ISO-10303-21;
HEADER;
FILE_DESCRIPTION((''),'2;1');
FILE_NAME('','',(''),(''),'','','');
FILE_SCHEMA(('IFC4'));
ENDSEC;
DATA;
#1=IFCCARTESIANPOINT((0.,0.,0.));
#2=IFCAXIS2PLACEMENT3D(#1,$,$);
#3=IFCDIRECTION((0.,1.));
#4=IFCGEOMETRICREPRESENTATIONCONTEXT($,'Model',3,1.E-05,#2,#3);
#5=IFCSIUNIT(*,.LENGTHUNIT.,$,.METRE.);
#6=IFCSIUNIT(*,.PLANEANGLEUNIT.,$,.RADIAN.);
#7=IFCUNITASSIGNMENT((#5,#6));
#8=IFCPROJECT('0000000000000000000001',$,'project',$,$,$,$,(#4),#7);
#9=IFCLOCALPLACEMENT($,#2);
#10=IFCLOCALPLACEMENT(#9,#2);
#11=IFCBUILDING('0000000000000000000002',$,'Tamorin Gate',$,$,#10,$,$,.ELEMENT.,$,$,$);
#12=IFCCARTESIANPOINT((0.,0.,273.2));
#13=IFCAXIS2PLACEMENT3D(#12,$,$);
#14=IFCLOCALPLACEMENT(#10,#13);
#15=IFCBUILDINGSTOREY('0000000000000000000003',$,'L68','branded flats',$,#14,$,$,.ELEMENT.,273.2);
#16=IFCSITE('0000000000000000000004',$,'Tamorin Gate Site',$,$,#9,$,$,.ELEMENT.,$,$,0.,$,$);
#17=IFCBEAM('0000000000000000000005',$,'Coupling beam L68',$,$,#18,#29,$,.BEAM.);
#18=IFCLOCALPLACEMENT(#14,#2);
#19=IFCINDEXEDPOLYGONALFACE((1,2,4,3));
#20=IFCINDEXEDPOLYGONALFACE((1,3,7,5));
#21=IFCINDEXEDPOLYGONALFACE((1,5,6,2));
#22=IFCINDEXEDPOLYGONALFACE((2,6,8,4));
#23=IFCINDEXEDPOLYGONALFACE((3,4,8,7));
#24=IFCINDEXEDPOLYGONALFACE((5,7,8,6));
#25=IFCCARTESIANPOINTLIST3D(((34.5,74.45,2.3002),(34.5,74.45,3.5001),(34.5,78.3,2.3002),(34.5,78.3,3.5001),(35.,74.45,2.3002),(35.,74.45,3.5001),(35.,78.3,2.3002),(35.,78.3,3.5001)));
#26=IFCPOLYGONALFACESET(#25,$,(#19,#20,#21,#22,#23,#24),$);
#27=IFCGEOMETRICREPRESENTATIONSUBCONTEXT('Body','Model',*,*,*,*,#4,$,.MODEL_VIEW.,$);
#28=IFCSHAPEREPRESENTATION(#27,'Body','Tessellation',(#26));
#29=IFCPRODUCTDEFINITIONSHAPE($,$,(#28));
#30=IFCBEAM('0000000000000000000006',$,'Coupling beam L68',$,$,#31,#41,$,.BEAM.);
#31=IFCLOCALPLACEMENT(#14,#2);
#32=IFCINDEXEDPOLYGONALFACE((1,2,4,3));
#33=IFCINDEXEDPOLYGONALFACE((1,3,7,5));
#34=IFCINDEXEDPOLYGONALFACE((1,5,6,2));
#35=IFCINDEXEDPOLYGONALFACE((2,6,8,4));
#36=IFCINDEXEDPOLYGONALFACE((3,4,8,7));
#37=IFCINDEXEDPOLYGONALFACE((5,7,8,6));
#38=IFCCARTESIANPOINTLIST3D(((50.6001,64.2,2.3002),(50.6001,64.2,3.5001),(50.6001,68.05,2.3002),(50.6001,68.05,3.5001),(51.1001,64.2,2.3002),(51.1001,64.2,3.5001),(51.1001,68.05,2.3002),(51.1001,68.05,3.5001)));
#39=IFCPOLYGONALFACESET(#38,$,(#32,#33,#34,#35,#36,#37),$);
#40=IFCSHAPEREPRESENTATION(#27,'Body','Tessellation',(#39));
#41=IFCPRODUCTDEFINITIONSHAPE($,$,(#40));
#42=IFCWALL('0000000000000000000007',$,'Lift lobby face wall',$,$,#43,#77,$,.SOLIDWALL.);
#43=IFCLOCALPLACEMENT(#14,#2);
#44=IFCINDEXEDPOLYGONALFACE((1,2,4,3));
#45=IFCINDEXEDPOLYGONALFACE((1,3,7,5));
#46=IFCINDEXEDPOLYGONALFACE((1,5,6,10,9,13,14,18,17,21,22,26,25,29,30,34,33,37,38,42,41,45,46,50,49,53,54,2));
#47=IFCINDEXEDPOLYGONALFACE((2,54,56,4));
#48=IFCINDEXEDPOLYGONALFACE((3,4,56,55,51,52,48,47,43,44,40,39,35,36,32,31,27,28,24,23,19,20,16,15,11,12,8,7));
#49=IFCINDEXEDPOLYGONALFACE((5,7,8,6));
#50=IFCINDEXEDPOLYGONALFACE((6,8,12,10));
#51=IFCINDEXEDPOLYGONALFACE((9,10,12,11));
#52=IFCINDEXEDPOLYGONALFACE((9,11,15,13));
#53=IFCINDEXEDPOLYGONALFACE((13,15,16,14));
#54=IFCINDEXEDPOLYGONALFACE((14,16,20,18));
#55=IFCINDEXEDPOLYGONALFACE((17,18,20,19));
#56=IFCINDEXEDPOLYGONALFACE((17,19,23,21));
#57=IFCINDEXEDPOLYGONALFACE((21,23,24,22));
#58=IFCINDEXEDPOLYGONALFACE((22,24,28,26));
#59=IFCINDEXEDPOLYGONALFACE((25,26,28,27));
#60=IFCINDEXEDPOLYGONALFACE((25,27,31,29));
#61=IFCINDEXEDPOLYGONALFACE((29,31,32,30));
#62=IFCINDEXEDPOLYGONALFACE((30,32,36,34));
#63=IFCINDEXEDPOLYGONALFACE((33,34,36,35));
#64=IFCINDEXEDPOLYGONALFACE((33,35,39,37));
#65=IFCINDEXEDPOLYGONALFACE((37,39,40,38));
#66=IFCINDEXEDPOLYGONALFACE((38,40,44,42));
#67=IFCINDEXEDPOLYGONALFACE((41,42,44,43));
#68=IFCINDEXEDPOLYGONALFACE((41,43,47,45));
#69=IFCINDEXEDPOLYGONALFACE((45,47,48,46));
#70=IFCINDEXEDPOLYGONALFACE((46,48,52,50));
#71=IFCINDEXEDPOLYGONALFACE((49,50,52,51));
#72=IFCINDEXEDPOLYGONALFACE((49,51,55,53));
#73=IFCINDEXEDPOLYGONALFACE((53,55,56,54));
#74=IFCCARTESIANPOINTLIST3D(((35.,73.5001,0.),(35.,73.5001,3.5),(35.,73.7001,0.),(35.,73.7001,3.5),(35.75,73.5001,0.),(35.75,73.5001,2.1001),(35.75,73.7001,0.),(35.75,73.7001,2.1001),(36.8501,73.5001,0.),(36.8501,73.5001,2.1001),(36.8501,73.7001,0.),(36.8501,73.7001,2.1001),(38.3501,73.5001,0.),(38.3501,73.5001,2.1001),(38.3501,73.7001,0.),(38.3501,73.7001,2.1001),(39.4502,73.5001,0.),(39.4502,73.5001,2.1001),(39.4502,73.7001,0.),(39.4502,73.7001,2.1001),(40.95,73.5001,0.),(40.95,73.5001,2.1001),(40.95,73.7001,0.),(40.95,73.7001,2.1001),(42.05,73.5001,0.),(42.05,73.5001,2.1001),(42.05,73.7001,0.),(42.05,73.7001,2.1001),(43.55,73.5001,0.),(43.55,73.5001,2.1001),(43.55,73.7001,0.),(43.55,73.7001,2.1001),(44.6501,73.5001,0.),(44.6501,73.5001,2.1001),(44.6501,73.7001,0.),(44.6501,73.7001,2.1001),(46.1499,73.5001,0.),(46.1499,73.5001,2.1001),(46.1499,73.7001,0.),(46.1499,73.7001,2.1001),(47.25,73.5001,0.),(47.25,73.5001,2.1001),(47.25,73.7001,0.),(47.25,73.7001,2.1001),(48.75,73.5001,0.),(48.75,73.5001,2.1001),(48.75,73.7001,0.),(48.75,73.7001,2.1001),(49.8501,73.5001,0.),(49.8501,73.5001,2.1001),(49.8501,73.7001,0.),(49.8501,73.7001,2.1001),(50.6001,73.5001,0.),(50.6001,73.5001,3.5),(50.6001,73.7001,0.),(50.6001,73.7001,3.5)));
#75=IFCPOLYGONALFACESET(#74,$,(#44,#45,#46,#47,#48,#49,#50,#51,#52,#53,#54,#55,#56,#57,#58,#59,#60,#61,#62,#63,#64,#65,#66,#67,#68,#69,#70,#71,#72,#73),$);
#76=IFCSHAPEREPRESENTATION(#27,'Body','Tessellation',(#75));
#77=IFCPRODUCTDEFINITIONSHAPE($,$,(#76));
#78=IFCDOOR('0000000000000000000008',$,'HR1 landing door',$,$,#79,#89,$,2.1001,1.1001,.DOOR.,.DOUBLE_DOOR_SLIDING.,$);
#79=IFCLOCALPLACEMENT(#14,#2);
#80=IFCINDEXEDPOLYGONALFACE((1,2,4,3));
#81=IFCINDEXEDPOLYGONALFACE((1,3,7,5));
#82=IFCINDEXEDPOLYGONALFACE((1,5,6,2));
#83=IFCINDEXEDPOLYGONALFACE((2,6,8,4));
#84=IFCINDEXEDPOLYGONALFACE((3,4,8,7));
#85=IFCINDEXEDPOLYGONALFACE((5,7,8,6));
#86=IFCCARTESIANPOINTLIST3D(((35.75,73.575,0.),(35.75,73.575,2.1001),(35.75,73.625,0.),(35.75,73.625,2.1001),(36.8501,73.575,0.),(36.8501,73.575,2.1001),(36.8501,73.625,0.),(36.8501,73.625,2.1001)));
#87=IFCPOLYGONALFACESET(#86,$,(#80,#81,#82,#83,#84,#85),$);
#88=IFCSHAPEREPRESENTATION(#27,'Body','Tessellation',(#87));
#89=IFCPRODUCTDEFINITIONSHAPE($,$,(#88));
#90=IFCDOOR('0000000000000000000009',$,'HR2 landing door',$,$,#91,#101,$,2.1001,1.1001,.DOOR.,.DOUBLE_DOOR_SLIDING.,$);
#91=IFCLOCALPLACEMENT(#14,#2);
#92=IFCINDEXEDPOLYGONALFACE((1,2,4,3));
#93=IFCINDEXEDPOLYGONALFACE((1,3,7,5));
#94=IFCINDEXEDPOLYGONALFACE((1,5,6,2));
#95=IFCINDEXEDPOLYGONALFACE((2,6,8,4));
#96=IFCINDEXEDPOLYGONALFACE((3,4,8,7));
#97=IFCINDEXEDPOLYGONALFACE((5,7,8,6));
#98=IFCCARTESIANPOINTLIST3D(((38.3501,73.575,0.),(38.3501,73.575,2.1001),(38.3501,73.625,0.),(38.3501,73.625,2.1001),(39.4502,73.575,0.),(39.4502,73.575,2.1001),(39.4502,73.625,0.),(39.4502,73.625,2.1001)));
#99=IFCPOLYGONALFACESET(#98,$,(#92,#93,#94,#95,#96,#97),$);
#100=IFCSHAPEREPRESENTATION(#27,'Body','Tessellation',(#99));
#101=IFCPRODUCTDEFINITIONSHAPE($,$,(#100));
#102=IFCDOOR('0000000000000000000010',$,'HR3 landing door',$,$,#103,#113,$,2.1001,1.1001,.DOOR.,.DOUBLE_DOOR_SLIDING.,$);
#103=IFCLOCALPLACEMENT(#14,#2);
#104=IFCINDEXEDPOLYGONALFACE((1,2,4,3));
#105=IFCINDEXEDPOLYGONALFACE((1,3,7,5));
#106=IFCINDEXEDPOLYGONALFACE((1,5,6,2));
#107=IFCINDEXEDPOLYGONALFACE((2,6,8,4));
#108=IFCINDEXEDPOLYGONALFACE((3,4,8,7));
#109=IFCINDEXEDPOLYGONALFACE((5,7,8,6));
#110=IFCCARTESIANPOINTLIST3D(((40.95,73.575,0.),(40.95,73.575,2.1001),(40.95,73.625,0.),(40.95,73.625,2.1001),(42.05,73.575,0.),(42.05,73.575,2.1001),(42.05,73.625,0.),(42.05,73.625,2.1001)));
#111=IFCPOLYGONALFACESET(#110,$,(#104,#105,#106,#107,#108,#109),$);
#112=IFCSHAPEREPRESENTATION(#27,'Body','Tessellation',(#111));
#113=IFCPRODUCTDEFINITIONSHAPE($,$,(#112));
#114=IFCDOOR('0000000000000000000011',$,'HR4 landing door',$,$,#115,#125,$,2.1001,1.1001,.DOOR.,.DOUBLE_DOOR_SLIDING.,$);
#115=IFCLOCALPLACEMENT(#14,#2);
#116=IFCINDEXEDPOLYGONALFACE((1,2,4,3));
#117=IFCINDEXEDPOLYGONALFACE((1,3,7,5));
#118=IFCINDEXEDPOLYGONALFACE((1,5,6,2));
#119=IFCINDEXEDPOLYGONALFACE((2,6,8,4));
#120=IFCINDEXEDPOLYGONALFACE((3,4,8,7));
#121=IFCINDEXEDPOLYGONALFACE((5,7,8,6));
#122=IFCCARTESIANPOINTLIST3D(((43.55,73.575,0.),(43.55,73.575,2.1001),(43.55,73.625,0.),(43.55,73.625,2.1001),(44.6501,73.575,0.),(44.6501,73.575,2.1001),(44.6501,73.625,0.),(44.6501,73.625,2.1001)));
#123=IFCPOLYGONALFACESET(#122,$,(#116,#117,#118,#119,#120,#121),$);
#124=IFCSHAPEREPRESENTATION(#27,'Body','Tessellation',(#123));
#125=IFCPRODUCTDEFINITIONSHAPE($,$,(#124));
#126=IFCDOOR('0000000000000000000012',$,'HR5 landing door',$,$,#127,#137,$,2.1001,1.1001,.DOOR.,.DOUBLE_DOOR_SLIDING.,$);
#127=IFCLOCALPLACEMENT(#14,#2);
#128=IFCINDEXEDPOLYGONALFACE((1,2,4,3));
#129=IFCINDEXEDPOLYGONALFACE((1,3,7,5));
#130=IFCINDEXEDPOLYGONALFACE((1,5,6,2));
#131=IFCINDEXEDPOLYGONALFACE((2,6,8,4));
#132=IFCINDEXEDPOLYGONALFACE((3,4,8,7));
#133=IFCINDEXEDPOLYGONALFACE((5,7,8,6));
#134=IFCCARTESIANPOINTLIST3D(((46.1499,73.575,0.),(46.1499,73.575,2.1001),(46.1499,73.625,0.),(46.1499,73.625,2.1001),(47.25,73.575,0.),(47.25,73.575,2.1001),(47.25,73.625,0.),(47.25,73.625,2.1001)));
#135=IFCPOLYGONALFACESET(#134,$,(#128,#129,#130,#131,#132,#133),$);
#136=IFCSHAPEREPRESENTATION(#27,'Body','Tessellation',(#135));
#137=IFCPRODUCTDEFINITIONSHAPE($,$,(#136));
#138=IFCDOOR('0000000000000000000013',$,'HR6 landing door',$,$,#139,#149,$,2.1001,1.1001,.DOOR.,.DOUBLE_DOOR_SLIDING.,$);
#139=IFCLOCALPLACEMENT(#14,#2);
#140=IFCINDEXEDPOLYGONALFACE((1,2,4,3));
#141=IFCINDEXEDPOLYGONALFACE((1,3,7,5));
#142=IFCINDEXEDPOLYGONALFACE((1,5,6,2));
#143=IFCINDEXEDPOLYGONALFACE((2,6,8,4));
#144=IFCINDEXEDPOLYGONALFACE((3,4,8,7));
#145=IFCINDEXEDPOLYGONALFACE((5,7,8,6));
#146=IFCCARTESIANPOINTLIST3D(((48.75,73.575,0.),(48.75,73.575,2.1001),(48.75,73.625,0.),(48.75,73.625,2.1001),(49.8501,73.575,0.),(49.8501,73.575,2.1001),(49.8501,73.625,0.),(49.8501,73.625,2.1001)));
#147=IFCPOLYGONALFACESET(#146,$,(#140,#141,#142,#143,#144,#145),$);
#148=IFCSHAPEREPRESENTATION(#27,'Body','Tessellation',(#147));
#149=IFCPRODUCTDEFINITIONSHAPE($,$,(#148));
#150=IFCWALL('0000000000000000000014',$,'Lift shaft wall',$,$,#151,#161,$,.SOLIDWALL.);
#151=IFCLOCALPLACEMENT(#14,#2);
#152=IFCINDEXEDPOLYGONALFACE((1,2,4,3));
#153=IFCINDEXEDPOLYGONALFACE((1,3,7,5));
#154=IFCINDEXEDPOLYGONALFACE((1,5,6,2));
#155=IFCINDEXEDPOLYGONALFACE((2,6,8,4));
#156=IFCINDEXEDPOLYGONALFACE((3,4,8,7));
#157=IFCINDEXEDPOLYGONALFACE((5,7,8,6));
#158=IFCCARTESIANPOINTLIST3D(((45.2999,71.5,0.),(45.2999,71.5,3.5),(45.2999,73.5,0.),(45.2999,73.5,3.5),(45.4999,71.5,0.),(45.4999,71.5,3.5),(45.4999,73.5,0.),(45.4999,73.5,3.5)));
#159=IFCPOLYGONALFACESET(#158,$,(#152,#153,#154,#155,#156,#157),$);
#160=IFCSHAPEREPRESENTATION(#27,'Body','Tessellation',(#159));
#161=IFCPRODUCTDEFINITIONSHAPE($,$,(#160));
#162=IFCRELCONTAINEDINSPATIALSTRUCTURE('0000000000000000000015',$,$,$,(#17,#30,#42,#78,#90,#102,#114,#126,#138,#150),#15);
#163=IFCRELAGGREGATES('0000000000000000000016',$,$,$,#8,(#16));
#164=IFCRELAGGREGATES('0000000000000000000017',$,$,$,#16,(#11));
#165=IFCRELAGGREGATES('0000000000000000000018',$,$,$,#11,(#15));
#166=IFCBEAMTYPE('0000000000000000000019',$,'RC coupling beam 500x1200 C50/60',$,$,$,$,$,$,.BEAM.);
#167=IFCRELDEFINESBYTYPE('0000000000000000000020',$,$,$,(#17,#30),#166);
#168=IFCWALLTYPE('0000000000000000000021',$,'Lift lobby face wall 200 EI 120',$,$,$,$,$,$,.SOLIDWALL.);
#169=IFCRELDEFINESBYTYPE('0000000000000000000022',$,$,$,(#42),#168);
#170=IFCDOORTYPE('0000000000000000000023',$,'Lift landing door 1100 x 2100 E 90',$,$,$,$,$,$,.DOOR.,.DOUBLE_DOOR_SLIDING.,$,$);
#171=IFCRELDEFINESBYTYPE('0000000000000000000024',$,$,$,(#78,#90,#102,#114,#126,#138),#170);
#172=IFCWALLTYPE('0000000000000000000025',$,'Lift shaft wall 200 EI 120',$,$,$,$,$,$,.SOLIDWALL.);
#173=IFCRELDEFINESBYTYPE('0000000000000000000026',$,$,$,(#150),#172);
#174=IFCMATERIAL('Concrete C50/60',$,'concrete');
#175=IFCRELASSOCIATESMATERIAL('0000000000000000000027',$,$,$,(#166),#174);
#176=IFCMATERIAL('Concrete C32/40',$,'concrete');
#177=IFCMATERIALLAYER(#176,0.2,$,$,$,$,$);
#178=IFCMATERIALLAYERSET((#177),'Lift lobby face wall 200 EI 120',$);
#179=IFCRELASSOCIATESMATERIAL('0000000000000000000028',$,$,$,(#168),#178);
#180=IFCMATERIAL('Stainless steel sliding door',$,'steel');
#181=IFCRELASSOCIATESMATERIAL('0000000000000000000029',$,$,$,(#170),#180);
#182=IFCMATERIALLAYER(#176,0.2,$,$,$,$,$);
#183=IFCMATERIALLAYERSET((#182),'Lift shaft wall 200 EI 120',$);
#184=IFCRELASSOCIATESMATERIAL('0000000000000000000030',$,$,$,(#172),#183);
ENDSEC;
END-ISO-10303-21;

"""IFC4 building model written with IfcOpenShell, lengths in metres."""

from ifc_helpers import new_model, si_unit, direction, frame, frame_2d, origin, origin_2d, place, context, subcontext, project, spatial, rectangle, extrude, material, layer, layer_set, material_profile, profile_set, type_object, element, fill, save


model = new_model("IFC4")

# Units and contexts
model_context = context("Model", 3, precision=1e-05, world=origin(), true_north=direction((0.0, 1.0)))
body_context = subcontext(model_context, "Body", "Model", "MODEL_VIEW")
ifc_project = project(units=[si_unit("LENGTHUNIT", "METRE"), si_unit("PLANEANGLEUNIT", "RADIAN")], contexts=[model_context])

# Site, building, storey
site_placement = place(None, origin())
site = spatial("IfcSite", under=ifc_project, at=site_placement, Name="Tamorin Gate Site", CompositionType="ELEMENT", RefElevation=0.0)
building_placement = place(site_placement, origin())
building = spatial("IfcBuilding", under=site, at=building_placement, Name="Tamorin Gate", CompositionType="ELEMENT")
storey_placement = place(building_placement, frame((0.0, 0.0, 273.2)))
storey = spatial("IfcBuildingStorey", under=building, at=storey_placement, Name="L68", Description="branded flats", CompositionType="ELEMENT", Elevation=273.2)

# Beams
ifc_material_1 = material(Name="Concrete C50/60", Category="concrete")
ifc_material_profile = material_profile(ifc_material_1, rectangle(XDim=0.5, YDim=1.2, at=origin_2d()), Name="RC 500x1200")
ifc_profile_set = profile_set([ifc_material_profile], Name="Concrete C50/60")
beam_type = type_object("IfcBeamType", Name="RC coupling beam 500x1200 C50/60", PredefinedType="BEAM", material=ifc_profile_set)
for number, where, z_axis, x_axis, name in (
    (1, (34.75, 74.45, 2.9001), (0.0, 1.0, 0.0), (-1.0, 0.0, 0.0), "Coupling beam L68"),
    (2, (50.8501, 64.2, 2.9001), (0.0, 1.0, 0.0), (-1.0, 0.0, 0.0), "Coupling beam L68"),
):
    element("IfcBeam", number, at=place(storey_placement, frame(where, z_axis=z_axis, x_axis=x_axis)), inside=storey, type_object=beam_type, Name=name, PredefinedType="BEAM", context=body_context, shape_type="SweptSolid", body=[
        extrude(rectangle(XDim=0.5, YDim=1.2, at=origin_2d()), origin(), (0.0, 0.0, 1.0), 3.8501),
    ])

# Wall, openings, doors
ifc_material_2 = material(Name="Concrete C32/40", Category="concrete")
ifc_layer_1 = layer(ifc_material_2, 0.2)
ifc_layer_set_1 = layer_set([ifc_layer_1], Name="Lift lobby face wall 200 EI 120")
wall_type_1 = type_object("IfcWallType", Name="Lift lobby face wall 200 EI 120", PredefinedType="SOLIDWALL", material=ifc_layer_set_1)
wall_1_placement = place(storey_placement, frame((35.0, 73.6001, 0.0), z_axis=(0.0, 0.0, 1.0), x_axis=(1.0, 0.0, 0.0)))
wall_1 = element("IfcWall", 3, at=wall_1_placement, inside=storey, type_object=wall_type_1, Name="Lift lobby face wall", PredefinedType="SOLIDWALL", context=body_context, shape_type="SweptSolid", body=[
    extrude(rectangle(XDim=15.6001, YDim=0.2, at=frame_2d((7.8, 0.0))), origin(), (0.0, 0.0, 1.0), 3.5),
])
opening_1_placement = place(wall_1_placement, frame((0.75, 0.0, 0.0)))
opening_1 = element("IfcOpeningElement", 4, at=opening_1_placement, cuts=wall_1, PredefinedType="OPENING", context=body_context, shape_type="SweptSolid", body=[
    extrude(rectangle(XDim=1.1001, YDim=2.1001, at=frame_2d((0.55, 1.05))), frame((0.0, 0.1099, 0.0), z_axis=(0.0, -1.0, 0.0), x_axis=(1.0, 0.0, 0.0)), (0.0, 0.0, 1.0), 0.22),
])
opening_2_placement = place(wall_1_placement, frame((3.3501, 0.0, 0.0)))
opening_2 = element("IfcOpeningElement", 5, at=opening_2_placement, cuts=wall_1, PredefinedType="OPENING", context=body_context, shape_type="SweptSolid", body=[
    extrude(rectangle(XDim=1.1001, YDim=2.1001, at=frame_2d((0.55, 1.05))), frame((0.0, 0.1099, 0.0), z_axis=(0.0, -1.0, 0.0), x_axis=(1.0, 0.0, 0.0)), (0.0, 0.0, 1.0), 0.22),
])
opening_3_placement = place(wall_1_placement, frame((5.95, 0.0, 0.0)))
opening_3 = element("IfcOpeningElement", 6, at=opening_3_placement, cuts=wall_1, PredefinedType="OPENING", context=body_context, shape_type="SweptSolid", body=[
    extrude(rectangle(XDim=1.1001, YDim=2.1001, at=frame_2d((0.55, 1.05))), frame((0.0, 0.1099, 0.0), z_axis=(0.0, -1.0, 0.0), x_axis=(1.0, 0.0, 0.0)), (0.0, 0.0, 1.0), 0.22),
])
opening_4_placement = place(wall_1_placement, frame((8.55, 0.0, 0.0)))
opening_4 = element("IfcOpeningElement", 7, at=opening_4_placement, cuts=wall_1, PredefinedType="OPENING", context=body_context, shape_type="SweptSolid", body=[
    extrude(rectangle(XDim=1.1001, YDim=2.1001, at=frame_2d((0.55, 1.05))), frame((0.0, 0.1099, 0.0), z_axis=(0.0, -1.0, 0.0), x_axis=(1.0, 0.0, 0.0)), (0.0, 0.0, 1.0), 0.22),
])
opening_5_placement = place(wall_1_placement, frame((11.1499, 0.0, 0.0)))
opening_5 = element("IfcOpeningElement", 8, at=opening_5_placement, cuts=wall_1, PredefinedType="OPENING", context=body_context, shape_type="SweptSolid", body=[
    extrude(rectangle(XDim=1.1001, YDim=2.1001, at=frame_2d((0.55, 1.05))), frame((0.0, 0.1099, 0.0), z_axis=(0.0, -1.0, 0.0), x_axis=(1.0, 0.0, 0.0)), (0.0, 0.0, 1.0), 0.22),
])
opening_6_placement = place(wall_1_placement, frame((13.75, 0.0, 0.0)))
opening_6 = element("IfcOpeningElement", 9, at=opening_6_placement, cuts=wall_1, PredefinedType="OPENING", context=body_context, shape_type="SweptSolid", body=[
    extrude(rectangle(XDim=1.1001, YDim=2.1001, at=frame_2d((0.55, 1.05))), frame((0.0, 0.1099, 0.0), z_axis=(0.0, -1.0, 0.0), x_axis=(1.0, 0.0, 0.0)), (0.0, 0.0, 1.0), 0.22),
])
ifc_material_3 = material(Name="Stainless steel sliding door", Category="steel")
door_type_1 = type_object("IfcDoorType", Name="Lift landing door 1100 x 2100 E 90", OperationType="DOUBLE_DOOR_SLIDING", PredefinedType="DOOR", material=ifc_material_3)
door_1_placement = place(opening_1_placement, origin())
door_1 = element("IfcDoor", 10, at=door_1_placement, inside=storey, type_object=door_type_1, Name="HR1 landing door", OperationType="DOUBLE_DOOR_SLIDING", OverallHeight=2.1001, OverallWidth=1.1001, PredefinedType="DOOR", context=body_context, shape_type="SweptSolid", body=[
    extrude(rectangle(XDim=1.1001, YDim=2.1001, at=frame_2d((0.55, 1.05))), frame((0.0, 0.0249, 0.0), z_axis=(0.0, -1.0, 0.0), x_axis=(1.0, 0.0, 0.0)), (0.0, 0.0, 1.0), 0.05),
])
fill(opening_1, door_1)
door_2_placement = place(opening_2_placement, origin())
door_2 = element("IfcDoor", 11, at=door_2_placement, inside=storey, type_object=door_type_1, Name="HR2 landing door", OperationType="DOUBLE_DOOR_SLIDING", OverallHeight=2.1001, OverallWidth=1.1001, PredefinedType="DOOR", context=body_context, shape_type="SweptSolid", body=[
    extrude(rectangle(XDim=1.1001, YDim=2.1001, at=frame_2d((0.55, 1.05))), frame((0.0, 0.0249, 0.0), z_axis=(0.0, -1.0, 0.0), x_axis=(1.0, 0.0, 0.0)), (0.0, 0.0, 1.0), 0.05),
])
fill(opening_2, door_2)
door_3_placement = place(opening_3_placement, origin())
door_3 = element("IfcDoor", 12, at=door_3_placement, inside=storey, type_object=door_type_1, Name="HR3 landing door", OperationType="DOUBLE_DOOR_SLIDING", OverallHeight=2.1001, OverallWidth=1.1001, PredefinedType="DOOR", context=body_context, shape_type="SweptSolid", body=[
    extrude(rectangle(XDim=1.1001, YDim=2.1001, at=frame_2d((0.55, 1.05))), frame((0.0, 0.0249, 0.0), z_axis=(0.0, -1.0, 0.0), x_axis=(1.0, 0.0, 0.0)), (0.0, 0.0, 1.0), 0.05),
])
fill(opening_3, door_3)
door_4_placement = place(opening_4_placement, origin())
door_4 = element("IfcDoor", 13, at=door_4_placement, inside=storey, type_object=door_type_1, Name="HR4 landing door", OperationType="DOUBLE_DOOR_SLIDING", OverallHeight=2.1001, OverallWidth=1.1001, PredefinedType="DOOR", context=body_context, shape_type="SweptSolid", body=[
    extrude(rectangle(XDim=1.1001, YDim=2.1001, at=frame_2d((0.55, 1.05))), frame((0.0, 0.0249, 0.0), z_axis=(0.0, -1.0, 0.0), x_axis=(1.0, 0.0, 0.0)), (0.0, 0.0, 1.0), 0.05),
])
fill(opening_4, door_4)
door_5_placement = place(opening_5_placement, origin())
door_5 = element("IfcDoor", 14, at=door_5_placement, inside=storey, type_object=door_type_1, Name="HR5 landing door", OperationType="DOUBLE_DOOR_SLIDING", OverallHeight=2.1001, OverallWidth=1.1001, PredefinedType="DOOR", context=body_context, shape_type="SweptSolid", body=[
    extrude(rectangle(XDim=1.1001, YDim=2.1001, at=frame_2d((0.55, 1.05))), frame((0.0, 0.0249, 0.0), z_axis=(0.0, -1.0, 0.0), x_axis=(1.0, 0.0, 0.0)), (0.0, 0.0, 1.0), 0.05),
])
fill(opening_5, door_5)
door_6_placement = place(opening_6_placement, origin())
door_6 = element("IfcDoor", 15, at=door_6_placement, inside=storey, type_object=door_type_1, Name="HR6 landing door", OperationType="DOUBLE_DOOR_SLIDING", OverallHeight=2.1001, OverallWidth=1.1001, PredefinedType="DOOR", context=body_context, shape_type="SweptSolid", body=[
    extrude(rectangle(XDim=1.1001, YDim=2.1001, at=frame_2d((0.55, 1.05))), frame((0.0, 0.0249, 0.0), z_axis=(0.0, -1.0, 0.0), x_axis=(1.0, 0.0, 0.0)), (0.0, 0.0, 1.0), 0.05),
])
fill(opening_6, door_6)

# Wall
ifc_layer_2 = layer(ifc_material_2, 0.2)
ifc_layer_set_2 = layer_set([ifc_layer_2], Name="Lift shaft wall 200 EI 120")
wall_type_2 = type_object("IfcWallType", Name="Lift shaft wall 200 EI 120", PredefinedType="SOLIDWALL", material=ifc_layer_set_2)
wall_2_placement = place(storey_placement, frame((45.3999, 71.5, 0.0), z_axis=(0.0, 0.0, 1.0), x_axis=(0.0, 1.0, 0.0)))
element("IfcWall", 16, at=wall_2_placement, inside=storey, type_object=wall_type_2, Name="Lift shaft wall", PredefinedType="SOLIDWALL", context=body_context, shape_type="SweptSolid", body=[
    extrude(rectangle(XDim=2.0, YDim=0.2, at=frame_2d((1.0, 0.0))), origin(), (0.0, 0.0, 1.0), 3.5),
])

save(model, "model.ifc")
